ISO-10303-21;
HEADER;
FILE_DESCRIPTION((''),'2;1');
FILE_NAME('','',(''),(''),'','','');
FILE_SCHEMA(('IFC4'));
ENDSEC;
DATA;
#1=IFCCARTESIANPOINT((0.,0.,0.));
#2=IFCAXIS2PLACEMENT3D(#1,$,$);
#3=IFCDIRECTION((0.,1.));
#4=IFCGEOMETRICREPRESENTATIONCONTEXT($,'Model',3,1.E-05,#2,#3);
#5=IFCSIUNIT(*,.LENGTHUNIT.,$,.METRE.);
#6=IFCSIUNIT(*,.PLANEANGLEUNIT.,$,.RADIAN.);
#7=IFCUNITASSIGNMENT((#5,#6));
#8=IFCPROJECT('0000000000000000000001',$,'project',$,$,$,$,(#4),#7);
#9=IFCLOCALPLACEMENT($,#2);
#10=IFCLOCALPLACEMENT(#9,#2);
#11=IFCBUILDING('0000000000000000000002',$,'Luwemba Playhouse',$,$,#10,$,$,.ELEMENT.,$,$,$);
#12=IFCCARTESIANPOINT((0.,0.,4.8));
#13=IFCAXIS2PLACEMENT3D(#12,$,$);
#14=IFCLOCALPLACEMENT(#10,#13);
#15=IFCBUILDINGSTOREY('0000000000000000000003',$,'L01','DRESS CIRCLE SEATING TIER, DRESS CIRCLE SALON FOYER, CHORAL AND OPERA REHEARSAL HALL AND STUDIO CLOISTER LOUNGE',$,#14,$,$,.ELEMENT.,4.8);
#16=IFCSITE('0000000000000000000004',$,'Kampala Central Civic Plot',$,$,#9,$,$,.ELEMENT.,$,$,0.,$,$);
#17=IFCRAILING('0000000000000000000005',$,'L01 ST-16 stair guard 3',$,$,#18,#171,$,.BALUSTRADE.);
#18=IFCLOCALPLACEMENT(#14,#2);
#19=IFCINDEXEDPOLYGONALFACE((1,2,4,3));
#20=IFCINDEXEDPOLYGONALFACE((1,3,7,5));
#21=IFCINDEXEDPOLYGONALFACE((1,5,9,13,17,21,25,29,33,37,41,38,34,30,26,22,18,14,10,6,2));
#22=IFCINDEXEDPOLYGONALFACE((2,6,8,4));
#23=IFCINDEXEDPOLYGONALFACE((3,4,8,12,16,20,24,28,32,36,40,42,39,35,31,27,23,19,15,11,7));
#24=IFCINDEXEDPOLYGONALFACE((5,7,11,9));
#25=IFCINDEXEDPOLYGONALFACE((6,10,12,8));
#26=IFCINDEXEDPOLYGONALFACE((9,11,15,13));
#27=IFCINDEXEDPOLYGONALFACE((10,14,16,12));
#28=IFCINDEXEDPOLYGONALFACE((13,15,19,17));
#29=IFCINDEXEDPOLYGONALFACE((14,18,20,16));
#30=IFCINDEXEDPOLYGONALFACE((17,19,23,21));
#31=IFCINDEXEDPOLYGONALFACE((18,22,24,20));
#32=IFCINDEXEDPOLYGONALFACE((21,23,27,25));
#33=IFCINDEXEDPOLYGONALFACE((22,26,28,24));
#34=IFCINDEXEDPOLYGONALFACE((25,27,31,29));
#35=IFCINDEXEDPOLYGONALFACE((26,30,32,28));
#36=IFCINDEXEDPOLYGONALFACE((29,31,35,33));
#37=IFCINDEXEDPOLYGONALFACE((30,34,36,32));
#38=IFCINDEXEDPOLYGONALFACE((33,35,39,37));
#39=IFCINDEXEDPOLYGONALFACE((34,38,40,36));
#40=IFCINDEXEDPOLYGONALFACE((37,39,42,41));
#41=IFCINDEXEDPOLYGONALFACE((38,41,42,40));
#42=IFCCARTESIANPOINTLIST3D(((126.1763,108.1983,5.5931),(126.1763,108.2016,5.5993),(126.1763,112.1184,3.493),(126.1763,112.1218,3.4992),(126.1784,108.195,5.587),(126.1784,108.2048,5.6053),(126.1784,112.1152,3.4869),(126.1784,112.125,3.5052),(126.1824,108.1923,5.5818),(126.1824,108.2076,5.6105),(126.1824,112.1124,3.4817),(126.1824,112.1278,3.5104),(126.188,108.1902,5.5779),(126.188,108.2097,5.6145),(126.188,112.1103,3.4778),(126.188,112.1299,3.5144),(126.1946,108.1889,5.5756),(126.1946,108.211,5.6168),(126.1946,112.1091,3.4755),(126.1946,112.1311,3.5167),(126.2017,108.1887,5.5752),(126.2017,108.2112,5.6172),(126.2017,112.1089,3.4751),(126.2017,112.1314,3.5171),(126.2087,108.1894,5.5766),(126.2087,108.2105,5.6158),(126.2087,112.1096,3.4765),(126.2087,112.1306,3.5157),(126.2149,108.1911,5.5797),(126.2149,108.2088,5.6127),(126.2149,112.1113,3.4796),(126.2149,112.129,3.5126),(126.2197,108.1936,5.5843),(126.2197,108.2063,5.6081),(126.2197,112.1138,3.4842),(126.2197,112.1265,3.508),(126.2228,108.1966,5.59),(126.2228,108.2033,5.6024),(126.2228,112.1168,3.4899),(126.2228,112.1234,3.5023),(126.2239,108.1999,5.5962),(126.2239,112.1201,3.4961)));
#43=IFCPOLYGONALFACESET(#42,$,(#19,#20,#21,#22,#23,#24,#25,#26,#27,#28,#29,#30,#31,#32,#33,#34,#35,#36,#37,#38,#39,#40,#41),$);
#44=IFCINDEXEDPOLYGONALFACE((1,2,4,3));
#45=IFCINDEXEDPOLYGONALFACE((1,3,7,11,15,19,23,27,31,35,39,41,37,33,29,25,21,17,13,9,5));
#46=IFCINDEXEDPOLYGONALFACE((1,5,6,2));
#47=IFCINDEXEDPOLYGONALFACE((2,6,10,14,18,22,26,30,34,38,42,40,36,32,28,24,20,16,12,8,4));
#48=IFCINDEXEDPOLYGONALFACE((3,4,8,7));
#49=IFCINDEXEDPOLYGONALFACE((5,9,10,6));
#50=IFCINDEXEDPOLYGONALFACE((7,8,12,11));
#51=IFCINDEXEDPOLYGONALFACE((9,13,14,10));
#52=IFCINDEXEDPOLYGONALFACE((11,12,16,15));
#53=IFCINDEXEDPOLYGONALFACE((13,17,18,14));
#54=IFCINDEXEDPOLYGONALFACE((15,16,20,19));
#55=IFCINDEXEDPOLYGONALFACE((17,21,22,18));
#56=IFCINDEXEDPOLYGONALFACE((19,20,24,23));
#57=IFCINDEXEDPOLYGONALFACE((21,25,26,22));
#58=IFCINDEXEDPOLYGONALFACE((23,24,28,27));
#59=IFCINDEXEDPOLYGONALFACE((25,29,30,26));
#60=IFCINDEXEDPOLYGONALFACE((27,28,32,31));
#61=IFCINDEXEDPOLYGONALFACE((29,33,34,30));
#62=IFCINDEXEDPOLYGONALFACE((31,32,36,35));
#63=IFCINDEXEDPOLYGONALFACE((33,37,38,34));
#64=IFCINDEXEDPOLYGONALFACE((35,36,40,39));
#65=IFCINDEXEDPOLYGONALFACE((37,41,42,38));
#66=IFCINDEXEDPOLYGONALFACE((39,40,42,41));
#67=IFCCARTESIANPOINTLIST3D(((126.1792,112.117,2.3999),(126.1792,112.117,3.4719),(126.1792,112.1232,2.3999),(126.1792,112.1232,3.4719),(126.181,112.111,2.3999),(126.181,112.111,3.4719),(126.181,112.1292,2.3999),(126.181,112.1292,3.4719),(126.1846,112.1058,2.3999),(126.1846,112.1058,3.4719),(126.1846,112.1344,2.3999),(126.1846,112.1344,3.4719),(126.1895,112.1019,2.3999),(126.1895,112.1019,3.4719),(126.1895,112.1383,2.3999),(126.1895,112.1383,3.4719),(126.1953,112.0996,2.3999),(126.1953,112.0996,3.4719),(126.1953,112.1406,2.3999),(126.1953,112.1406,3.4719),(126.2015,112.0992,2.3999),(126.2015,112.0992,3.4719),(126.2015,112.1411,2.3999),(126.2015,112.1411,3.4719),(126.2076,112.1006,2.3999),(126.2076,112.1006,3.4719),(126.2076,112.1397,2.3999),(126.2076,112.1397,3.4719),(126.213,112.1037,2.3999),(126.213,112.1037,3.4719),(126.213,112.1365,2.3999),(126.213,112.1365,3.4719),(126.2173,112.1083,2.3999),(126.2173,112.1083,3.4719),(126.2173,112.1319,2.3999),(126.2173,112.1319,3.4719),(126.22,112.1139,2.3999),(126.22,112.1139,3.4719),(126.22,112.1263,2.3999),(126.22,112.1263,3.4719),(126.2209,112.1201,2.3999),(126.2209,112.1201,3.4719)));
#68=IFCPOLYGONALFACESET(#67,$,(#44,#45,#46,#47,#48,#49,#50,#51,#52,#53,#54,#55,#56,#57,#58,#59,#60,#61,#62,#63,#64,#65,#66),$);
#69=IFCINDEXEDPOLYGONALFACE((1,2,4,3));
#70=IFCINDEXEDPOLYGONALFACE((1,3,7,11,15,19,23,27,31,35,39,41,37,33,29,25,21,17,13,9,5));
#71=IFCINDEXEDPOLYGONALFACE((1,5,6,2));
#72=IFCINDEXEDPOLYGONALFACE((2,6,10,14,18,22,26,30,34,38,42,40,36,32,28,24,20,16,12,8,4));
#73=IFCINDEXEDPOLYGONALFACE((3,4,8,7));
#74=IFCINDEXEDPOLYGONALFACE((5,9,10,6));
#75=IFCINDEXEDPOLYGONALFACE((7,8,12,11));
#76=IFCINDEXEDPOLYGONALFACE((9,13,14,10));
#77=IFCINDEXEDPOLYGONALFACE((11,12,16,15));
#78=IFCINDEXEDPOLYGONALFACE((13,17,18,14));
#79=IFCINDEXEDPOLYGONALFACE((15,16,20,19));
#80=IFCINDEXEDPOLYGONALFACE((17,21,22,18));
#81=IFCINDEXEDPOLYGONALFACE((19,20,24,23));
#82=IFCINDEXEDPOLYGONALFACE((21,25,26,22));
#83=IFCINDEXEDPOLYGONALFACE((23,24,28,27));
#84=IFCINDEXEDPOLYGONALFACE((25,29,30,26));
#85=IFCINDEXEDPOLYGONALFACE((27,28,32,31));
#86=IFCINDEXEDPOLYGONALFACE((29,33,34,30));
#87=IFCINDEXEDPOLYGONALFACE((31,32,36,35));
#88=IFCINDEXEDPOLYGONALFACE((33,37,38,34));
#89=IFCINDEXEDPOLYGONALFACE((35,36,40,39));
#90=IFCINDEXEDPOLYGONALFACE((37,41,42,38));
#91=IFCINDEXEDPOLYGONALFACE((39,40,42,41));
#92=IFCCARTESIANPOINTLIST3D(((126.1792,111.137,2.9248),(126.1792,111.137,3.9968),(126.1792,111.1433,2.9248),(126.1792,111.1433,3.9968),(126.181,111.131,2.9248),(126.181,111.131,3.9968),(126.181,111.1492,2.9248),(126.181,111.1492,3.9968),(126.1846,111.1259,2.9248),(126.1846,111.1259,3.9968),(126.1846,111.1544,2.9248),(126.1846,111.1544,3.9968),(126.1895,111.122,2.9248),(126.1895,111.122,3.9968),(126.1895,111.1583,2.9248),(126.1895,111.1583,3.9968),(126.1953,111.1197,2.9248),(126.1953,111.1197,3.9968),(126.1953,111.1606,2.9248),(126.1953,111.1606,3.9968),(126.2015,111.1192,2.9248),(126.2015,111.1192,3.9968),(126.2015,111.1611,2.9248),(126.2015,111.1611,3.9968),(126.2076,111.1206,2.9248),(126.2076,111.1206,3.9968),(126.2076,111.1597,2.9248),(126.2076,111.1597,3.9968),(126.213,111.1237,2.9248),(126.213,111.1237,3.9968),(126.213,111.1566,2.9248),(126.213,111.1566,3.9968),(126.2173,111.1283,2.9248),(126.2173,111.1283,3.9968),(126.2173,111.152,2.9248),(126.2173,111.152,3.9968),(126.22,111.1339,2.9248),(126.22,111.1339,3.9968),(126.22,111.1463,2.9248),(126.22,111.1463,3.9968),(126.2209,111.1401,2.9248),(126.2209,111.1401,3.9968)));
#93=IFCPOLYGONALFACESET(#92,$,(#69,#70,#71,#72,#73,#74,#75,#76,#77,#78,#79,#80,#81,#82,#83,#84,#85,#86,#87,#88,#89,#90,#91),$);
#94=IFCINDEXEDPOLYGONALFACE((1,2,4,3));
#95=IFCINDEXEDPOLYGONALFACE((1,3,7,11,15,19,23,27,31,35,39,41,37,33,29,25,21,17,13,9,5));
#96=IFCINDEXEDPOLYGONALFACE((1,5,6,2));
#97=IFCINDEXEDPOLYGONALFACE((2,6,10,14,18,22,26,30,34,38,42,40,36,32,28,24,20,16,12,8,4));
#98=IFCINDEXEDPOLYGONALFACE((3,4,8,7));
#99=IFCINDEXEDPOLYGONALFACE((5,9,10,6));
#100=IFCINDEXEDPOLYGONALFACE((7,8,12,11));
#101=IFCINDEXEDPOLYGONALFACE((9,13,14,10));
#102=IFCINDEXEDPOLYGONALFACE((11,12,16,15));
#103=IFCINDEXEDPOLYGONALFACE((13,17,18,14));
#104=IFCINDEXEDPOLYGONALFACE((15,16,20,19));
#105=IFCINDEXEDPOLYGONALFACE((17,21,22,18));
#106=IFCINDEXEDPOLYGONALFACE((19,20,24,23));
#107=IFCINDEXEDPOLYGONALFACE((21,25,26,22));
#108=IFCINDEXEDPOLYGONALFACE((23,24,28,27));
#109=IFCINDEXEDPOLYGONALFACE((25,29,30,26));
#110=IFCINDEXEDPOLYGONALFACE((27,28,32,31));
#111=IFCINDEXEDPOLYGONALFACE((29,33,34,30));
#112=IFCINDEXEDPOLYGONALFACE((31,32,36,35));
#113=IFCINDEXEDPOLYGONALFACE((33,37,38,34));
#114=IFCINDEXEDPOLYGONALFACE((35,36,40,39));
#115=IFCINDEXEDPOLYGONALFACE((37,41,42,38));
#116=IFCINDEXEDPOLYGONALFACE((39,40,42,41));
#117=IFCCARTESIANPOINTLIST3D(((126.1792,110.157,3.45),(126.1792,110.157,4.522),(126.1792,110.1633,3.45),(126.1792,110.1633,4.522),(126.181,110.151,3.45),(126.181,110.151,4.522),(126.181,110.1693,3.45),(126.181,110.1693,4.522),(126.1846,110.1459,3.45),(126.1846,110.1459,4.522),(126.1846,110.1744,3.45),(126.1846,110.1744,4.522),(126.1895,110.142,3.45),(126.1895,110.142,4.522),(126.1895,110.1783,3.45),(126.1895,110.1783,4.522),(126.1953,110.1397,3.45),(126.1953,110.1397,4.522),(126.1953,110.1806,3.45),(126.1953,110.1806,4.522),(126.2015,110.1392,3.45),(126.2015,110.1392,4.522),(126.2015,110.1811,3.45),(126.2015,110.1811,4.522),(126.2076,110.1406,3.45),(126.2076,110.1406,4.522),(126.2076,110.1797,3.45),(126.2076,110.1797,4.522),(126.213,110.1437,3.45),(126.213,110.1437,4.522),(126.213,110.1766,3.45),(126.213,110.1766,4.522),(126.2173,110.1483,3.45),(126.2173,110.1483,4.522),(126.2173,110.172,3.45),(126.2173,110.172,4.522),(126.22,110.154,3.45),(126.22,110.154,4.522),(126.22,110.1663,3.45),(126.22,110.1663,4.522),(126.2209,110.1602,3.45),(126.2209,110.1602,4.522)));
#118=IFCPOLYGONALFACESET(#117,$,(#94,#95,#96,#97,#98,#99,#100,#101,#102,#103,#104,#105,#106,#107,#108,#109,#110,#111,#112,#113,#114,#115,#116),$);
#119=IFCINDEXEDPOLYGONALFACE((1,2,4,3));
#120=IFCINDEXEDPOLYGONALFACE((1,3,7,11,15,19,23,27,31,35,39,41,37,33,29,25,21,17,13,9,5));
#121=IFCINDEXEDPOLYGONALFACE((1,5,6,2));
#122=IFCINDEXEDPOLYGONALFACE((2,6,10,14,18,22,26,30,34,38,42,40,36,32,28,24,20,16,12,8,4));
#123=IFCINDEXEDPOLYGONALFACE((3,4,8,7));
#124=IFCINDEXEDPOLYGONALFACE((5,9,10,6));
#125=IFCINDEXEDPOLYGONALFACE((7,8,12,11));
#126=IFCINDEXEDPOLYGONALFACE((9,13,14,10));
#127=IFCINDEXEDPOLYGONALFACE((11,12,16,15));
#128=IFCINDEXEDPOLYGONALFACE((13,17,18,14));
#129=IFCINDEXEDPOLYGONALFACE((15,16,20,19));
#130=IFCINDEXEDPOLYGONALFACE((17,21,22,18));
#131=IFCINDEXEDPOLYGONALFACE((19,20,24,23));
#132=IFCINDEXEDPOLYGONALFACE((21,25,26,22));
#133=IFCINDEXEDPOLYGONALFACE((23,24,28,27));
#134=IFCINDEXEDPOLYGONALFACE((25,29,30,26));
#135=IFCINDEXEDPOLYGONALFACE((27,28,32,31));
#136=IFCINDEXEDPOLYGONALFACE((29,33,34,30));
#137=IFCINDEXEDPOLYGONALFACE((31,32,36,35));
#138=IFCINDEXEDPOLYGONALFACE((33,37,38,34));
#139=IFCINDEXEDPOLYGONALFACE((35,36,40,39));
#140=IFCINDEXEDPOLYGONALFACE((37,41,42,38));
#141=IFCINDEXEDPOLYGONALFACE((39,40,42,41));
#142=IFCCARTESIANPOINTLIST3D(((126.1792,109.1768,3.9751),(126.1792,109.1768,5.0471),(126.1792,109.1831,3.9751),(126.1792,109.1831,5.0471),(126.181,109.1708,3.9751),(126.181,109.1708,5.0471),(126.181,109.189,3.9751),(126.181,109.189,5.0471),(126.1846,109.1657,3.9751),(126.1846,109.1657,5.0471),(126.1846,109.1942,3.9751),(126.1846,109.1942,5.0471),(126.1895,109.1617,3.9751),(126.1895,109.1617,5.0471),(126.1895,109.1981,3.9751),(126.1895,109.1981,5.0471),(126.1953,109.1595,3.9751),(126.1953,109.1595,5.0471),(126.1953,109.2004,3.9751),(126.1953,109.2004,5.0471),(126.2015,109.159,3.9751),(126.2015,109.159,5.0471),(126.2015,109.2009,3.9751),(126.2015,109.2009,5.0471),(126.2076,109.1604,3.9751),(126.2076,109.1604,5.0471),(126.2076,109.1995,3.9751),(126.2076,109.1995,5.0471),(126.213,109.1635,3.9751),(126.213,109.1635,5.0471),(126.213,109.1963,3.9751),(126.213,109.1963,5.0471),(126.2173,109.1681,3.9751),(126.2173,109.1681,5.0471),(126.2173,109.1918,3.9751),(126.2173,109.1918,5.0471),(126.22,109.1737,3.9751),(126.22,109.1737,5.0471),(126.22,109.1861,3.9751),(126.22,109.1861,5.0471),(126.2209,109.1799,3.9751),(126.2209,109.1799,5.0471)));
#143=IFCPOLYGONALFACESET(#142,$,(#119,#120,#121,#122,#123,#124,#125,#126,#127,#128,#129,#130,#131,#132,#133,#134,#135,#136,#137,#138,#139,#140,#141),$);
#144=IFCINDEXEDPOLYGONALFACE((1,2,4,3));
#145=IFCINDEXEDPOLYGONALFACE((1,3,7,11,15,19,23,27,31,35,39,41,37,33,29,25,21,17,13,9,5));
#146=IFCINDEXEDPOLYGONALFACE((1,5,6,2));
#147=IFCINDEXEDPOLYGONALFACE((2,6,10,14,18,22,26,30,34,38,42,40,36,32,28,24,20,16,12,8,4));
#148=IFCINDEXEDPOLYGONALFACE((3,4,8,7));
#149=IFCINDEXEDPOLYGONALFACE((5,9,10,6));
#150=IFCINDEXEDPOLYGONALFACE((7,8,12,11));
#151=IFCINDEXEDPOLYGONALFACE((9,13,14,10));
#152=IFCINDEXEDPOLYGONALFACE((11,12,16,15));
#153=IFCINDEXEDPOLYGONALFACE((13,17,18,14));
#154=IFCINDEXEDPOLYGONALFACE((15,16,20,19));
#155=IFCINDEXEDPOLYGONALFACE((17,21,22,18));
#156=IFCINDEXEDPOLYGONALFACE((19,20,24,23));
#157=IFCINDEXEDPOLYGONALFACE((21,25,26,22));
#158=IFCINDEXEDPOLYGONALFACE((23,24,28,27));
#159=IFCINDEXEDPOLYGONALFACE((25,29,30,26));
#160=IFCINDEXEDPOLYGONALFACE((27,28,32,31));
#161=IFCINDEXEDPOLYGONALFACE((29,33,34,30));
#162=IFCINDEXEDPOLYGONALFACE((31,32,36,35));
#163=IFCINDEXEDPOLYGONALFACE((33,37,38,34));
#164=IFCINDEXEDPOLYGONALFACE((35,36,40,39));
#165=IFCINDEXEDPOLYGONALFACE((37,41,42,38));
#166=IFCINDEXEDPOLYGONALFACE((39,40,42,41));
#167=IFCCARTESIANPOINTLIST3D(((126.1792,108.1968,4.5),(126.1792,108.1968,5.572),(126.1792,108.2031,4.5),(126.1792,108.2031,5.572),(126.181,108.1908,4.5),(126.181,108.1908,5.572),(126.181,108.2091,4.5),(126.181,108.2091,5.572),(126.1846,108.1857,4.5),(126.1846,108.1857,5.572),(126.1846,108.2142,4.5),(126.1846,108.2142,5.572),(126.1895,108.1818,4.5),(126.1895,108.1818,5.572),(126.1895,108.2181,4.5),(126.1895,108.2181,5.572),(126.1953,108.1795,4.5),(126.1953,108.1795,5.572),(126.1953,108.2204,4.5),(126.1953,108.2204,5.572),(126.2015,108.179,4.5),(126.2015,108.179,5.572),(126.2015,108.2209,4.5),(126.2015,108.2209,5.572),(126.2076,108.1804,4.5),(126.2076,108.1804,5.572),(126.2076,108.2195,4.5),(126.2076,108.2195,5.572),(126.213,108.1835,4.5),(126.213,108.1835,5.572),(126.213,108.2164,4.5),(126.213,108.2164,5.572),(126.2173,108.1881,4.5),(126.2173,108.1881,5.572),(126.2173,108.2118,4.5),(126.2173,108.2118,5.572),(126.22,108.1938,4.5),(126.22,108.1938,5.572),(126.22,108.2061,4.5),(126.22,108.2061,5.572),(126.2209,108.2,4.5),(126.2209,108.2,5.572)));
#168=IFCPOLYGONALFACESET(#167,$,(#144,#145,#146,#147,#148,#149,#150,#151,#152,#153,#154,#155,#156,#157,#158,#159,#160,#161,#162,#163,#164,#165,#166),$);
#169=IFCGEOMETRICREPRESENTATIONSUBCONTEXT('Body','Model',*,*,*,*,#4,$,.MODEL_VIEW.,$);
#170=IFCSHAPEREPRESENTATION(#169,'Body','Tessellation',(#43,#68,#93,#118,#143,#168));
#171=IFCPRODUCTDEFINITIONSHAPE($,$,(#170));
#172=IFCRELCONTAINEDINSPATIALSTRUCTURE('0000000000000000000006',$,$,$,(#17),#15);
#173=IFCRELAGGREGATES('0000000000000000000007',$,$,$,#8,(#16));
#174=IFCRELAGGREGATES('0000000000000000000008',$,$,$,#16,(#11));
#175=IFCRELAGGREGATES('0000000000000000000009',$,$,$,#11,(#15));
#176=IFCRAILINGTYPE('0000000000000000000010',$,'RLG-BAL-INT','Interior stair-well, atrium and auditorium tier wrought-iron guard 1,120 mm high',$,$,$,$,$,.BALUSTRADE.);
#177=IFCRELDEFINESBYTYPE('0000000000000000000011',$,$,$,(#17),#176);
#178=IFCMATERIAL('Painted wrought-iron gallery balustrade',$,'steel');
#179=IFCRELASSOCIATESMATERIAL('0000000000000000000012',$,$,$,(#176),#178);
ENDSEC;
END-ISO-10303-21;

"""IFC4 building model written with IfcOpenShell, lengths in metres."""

from ifc_helpers import new_model, si_unit, direction, frame, origin, origin_2d, place, context, subcontext, project, spatial, circle, extrude, material, type_object, element, save


model = new_model("IFC4")

# Units and contexts
model_context = context("Model", 3, precision=1e-05, world=origin(), true_north=direction((0.0, 1.0)))
body_context = subcontext(model_context, "Body", "Model", "MODEL_VIEW")
ifc_project = project(units=[si_unit("LENGTHUNIT", "METRE"), si_unit("PLANEANGLEUNIT", "RADIAN")], contexts=[model_context])

# Site, building, storey
site_placement = place(None, origin())
site = spatial("IfcSite", under=ifc_project, at=site_placement, Name="Kampala Central Civic Plot", CompositionType="ELEMENT", RefElevation=0.0)
building_placement = place(site_placement, origin())
building = spatial("IfcBuilding", under=site, at=building_placement, Name="Luwemba Playhouse", CompositionType="ELEMENT")
storey_placement = place(building_placement, frame((0.0, 0.0, 4.8)))
storey = spatial("IfcBuildingStorey", under=building, at=storey_placement, Name="L01", Description="DRESS CIRCLE SEATING TIER, DRESS CIRCLE SALON FOYER, CHORAL AND OPERA REHEARSAL HALL AND STUDIO CLOISTER LOUNGE", CompositionType="ELEMENT", Elevation=4.8)

# Railing
ifc_material_1 = material(Name="Painted wrought-iron gallery balustrade", Category="steel")
railing_type_1 = type_object("IfcRailingType", Name="RLG-BAL-INT", Description="Interior stair-well, atrium and auditorium tier wrought-iron guard 1,120 mm high", PredefinedType="BALUSTRADE", material=ifc_material_1)
railing_1_placement = place(storey_placement, frame((126.2, 112.1201, 2.3999)))
element("IfcRailing", 1, at=railing_1_placement, inside=storey, type_object=railing_type_1, Name="L01 ST-16 stair guard 3", PredefinedType="BALUSTRADE", context=body_context, shape_type="SweptSolid", body=[
    extrude(circle(Radius=0.0239, at=origin_2d()), frame((0.0, 0.0, 1.0962), z_axis=(0.0, -0.881479, 0.472223), x_axis=(1.0, 0.0, 0.0)), (0.0, 0.0, 1.0), 4.4473),
    extrude(circle(Radius=0.021, at=origin_2d()), origin(), (0.0, 0.0, 1.0), 1.072),
    extrude(circle(Radius=0.021, at=origin_2d()), frame((0.0, -0.98, 0.5249)), (0.0, 0.0, 1.0), 1.072),
    extrude(circle(Radius=0.021, at=origin_2d()), frame((0.0, -1.96, 1.05)), (0.0, 0.0, 1.0), 1.072),
    extrude(circle(Radius=0.021, at=origin_2d()), frame((0.0, -2.9402, 1.5752)), (0.0, 0.0, 1.0), 1.072),
    extrude(circle(Radius=0.021, at=origin_2d()), frame((0.0, -3.9202, 2.1001)), (0.0, 0.0, 1.0), 1.072),
])

save(model, "model.ifc")
